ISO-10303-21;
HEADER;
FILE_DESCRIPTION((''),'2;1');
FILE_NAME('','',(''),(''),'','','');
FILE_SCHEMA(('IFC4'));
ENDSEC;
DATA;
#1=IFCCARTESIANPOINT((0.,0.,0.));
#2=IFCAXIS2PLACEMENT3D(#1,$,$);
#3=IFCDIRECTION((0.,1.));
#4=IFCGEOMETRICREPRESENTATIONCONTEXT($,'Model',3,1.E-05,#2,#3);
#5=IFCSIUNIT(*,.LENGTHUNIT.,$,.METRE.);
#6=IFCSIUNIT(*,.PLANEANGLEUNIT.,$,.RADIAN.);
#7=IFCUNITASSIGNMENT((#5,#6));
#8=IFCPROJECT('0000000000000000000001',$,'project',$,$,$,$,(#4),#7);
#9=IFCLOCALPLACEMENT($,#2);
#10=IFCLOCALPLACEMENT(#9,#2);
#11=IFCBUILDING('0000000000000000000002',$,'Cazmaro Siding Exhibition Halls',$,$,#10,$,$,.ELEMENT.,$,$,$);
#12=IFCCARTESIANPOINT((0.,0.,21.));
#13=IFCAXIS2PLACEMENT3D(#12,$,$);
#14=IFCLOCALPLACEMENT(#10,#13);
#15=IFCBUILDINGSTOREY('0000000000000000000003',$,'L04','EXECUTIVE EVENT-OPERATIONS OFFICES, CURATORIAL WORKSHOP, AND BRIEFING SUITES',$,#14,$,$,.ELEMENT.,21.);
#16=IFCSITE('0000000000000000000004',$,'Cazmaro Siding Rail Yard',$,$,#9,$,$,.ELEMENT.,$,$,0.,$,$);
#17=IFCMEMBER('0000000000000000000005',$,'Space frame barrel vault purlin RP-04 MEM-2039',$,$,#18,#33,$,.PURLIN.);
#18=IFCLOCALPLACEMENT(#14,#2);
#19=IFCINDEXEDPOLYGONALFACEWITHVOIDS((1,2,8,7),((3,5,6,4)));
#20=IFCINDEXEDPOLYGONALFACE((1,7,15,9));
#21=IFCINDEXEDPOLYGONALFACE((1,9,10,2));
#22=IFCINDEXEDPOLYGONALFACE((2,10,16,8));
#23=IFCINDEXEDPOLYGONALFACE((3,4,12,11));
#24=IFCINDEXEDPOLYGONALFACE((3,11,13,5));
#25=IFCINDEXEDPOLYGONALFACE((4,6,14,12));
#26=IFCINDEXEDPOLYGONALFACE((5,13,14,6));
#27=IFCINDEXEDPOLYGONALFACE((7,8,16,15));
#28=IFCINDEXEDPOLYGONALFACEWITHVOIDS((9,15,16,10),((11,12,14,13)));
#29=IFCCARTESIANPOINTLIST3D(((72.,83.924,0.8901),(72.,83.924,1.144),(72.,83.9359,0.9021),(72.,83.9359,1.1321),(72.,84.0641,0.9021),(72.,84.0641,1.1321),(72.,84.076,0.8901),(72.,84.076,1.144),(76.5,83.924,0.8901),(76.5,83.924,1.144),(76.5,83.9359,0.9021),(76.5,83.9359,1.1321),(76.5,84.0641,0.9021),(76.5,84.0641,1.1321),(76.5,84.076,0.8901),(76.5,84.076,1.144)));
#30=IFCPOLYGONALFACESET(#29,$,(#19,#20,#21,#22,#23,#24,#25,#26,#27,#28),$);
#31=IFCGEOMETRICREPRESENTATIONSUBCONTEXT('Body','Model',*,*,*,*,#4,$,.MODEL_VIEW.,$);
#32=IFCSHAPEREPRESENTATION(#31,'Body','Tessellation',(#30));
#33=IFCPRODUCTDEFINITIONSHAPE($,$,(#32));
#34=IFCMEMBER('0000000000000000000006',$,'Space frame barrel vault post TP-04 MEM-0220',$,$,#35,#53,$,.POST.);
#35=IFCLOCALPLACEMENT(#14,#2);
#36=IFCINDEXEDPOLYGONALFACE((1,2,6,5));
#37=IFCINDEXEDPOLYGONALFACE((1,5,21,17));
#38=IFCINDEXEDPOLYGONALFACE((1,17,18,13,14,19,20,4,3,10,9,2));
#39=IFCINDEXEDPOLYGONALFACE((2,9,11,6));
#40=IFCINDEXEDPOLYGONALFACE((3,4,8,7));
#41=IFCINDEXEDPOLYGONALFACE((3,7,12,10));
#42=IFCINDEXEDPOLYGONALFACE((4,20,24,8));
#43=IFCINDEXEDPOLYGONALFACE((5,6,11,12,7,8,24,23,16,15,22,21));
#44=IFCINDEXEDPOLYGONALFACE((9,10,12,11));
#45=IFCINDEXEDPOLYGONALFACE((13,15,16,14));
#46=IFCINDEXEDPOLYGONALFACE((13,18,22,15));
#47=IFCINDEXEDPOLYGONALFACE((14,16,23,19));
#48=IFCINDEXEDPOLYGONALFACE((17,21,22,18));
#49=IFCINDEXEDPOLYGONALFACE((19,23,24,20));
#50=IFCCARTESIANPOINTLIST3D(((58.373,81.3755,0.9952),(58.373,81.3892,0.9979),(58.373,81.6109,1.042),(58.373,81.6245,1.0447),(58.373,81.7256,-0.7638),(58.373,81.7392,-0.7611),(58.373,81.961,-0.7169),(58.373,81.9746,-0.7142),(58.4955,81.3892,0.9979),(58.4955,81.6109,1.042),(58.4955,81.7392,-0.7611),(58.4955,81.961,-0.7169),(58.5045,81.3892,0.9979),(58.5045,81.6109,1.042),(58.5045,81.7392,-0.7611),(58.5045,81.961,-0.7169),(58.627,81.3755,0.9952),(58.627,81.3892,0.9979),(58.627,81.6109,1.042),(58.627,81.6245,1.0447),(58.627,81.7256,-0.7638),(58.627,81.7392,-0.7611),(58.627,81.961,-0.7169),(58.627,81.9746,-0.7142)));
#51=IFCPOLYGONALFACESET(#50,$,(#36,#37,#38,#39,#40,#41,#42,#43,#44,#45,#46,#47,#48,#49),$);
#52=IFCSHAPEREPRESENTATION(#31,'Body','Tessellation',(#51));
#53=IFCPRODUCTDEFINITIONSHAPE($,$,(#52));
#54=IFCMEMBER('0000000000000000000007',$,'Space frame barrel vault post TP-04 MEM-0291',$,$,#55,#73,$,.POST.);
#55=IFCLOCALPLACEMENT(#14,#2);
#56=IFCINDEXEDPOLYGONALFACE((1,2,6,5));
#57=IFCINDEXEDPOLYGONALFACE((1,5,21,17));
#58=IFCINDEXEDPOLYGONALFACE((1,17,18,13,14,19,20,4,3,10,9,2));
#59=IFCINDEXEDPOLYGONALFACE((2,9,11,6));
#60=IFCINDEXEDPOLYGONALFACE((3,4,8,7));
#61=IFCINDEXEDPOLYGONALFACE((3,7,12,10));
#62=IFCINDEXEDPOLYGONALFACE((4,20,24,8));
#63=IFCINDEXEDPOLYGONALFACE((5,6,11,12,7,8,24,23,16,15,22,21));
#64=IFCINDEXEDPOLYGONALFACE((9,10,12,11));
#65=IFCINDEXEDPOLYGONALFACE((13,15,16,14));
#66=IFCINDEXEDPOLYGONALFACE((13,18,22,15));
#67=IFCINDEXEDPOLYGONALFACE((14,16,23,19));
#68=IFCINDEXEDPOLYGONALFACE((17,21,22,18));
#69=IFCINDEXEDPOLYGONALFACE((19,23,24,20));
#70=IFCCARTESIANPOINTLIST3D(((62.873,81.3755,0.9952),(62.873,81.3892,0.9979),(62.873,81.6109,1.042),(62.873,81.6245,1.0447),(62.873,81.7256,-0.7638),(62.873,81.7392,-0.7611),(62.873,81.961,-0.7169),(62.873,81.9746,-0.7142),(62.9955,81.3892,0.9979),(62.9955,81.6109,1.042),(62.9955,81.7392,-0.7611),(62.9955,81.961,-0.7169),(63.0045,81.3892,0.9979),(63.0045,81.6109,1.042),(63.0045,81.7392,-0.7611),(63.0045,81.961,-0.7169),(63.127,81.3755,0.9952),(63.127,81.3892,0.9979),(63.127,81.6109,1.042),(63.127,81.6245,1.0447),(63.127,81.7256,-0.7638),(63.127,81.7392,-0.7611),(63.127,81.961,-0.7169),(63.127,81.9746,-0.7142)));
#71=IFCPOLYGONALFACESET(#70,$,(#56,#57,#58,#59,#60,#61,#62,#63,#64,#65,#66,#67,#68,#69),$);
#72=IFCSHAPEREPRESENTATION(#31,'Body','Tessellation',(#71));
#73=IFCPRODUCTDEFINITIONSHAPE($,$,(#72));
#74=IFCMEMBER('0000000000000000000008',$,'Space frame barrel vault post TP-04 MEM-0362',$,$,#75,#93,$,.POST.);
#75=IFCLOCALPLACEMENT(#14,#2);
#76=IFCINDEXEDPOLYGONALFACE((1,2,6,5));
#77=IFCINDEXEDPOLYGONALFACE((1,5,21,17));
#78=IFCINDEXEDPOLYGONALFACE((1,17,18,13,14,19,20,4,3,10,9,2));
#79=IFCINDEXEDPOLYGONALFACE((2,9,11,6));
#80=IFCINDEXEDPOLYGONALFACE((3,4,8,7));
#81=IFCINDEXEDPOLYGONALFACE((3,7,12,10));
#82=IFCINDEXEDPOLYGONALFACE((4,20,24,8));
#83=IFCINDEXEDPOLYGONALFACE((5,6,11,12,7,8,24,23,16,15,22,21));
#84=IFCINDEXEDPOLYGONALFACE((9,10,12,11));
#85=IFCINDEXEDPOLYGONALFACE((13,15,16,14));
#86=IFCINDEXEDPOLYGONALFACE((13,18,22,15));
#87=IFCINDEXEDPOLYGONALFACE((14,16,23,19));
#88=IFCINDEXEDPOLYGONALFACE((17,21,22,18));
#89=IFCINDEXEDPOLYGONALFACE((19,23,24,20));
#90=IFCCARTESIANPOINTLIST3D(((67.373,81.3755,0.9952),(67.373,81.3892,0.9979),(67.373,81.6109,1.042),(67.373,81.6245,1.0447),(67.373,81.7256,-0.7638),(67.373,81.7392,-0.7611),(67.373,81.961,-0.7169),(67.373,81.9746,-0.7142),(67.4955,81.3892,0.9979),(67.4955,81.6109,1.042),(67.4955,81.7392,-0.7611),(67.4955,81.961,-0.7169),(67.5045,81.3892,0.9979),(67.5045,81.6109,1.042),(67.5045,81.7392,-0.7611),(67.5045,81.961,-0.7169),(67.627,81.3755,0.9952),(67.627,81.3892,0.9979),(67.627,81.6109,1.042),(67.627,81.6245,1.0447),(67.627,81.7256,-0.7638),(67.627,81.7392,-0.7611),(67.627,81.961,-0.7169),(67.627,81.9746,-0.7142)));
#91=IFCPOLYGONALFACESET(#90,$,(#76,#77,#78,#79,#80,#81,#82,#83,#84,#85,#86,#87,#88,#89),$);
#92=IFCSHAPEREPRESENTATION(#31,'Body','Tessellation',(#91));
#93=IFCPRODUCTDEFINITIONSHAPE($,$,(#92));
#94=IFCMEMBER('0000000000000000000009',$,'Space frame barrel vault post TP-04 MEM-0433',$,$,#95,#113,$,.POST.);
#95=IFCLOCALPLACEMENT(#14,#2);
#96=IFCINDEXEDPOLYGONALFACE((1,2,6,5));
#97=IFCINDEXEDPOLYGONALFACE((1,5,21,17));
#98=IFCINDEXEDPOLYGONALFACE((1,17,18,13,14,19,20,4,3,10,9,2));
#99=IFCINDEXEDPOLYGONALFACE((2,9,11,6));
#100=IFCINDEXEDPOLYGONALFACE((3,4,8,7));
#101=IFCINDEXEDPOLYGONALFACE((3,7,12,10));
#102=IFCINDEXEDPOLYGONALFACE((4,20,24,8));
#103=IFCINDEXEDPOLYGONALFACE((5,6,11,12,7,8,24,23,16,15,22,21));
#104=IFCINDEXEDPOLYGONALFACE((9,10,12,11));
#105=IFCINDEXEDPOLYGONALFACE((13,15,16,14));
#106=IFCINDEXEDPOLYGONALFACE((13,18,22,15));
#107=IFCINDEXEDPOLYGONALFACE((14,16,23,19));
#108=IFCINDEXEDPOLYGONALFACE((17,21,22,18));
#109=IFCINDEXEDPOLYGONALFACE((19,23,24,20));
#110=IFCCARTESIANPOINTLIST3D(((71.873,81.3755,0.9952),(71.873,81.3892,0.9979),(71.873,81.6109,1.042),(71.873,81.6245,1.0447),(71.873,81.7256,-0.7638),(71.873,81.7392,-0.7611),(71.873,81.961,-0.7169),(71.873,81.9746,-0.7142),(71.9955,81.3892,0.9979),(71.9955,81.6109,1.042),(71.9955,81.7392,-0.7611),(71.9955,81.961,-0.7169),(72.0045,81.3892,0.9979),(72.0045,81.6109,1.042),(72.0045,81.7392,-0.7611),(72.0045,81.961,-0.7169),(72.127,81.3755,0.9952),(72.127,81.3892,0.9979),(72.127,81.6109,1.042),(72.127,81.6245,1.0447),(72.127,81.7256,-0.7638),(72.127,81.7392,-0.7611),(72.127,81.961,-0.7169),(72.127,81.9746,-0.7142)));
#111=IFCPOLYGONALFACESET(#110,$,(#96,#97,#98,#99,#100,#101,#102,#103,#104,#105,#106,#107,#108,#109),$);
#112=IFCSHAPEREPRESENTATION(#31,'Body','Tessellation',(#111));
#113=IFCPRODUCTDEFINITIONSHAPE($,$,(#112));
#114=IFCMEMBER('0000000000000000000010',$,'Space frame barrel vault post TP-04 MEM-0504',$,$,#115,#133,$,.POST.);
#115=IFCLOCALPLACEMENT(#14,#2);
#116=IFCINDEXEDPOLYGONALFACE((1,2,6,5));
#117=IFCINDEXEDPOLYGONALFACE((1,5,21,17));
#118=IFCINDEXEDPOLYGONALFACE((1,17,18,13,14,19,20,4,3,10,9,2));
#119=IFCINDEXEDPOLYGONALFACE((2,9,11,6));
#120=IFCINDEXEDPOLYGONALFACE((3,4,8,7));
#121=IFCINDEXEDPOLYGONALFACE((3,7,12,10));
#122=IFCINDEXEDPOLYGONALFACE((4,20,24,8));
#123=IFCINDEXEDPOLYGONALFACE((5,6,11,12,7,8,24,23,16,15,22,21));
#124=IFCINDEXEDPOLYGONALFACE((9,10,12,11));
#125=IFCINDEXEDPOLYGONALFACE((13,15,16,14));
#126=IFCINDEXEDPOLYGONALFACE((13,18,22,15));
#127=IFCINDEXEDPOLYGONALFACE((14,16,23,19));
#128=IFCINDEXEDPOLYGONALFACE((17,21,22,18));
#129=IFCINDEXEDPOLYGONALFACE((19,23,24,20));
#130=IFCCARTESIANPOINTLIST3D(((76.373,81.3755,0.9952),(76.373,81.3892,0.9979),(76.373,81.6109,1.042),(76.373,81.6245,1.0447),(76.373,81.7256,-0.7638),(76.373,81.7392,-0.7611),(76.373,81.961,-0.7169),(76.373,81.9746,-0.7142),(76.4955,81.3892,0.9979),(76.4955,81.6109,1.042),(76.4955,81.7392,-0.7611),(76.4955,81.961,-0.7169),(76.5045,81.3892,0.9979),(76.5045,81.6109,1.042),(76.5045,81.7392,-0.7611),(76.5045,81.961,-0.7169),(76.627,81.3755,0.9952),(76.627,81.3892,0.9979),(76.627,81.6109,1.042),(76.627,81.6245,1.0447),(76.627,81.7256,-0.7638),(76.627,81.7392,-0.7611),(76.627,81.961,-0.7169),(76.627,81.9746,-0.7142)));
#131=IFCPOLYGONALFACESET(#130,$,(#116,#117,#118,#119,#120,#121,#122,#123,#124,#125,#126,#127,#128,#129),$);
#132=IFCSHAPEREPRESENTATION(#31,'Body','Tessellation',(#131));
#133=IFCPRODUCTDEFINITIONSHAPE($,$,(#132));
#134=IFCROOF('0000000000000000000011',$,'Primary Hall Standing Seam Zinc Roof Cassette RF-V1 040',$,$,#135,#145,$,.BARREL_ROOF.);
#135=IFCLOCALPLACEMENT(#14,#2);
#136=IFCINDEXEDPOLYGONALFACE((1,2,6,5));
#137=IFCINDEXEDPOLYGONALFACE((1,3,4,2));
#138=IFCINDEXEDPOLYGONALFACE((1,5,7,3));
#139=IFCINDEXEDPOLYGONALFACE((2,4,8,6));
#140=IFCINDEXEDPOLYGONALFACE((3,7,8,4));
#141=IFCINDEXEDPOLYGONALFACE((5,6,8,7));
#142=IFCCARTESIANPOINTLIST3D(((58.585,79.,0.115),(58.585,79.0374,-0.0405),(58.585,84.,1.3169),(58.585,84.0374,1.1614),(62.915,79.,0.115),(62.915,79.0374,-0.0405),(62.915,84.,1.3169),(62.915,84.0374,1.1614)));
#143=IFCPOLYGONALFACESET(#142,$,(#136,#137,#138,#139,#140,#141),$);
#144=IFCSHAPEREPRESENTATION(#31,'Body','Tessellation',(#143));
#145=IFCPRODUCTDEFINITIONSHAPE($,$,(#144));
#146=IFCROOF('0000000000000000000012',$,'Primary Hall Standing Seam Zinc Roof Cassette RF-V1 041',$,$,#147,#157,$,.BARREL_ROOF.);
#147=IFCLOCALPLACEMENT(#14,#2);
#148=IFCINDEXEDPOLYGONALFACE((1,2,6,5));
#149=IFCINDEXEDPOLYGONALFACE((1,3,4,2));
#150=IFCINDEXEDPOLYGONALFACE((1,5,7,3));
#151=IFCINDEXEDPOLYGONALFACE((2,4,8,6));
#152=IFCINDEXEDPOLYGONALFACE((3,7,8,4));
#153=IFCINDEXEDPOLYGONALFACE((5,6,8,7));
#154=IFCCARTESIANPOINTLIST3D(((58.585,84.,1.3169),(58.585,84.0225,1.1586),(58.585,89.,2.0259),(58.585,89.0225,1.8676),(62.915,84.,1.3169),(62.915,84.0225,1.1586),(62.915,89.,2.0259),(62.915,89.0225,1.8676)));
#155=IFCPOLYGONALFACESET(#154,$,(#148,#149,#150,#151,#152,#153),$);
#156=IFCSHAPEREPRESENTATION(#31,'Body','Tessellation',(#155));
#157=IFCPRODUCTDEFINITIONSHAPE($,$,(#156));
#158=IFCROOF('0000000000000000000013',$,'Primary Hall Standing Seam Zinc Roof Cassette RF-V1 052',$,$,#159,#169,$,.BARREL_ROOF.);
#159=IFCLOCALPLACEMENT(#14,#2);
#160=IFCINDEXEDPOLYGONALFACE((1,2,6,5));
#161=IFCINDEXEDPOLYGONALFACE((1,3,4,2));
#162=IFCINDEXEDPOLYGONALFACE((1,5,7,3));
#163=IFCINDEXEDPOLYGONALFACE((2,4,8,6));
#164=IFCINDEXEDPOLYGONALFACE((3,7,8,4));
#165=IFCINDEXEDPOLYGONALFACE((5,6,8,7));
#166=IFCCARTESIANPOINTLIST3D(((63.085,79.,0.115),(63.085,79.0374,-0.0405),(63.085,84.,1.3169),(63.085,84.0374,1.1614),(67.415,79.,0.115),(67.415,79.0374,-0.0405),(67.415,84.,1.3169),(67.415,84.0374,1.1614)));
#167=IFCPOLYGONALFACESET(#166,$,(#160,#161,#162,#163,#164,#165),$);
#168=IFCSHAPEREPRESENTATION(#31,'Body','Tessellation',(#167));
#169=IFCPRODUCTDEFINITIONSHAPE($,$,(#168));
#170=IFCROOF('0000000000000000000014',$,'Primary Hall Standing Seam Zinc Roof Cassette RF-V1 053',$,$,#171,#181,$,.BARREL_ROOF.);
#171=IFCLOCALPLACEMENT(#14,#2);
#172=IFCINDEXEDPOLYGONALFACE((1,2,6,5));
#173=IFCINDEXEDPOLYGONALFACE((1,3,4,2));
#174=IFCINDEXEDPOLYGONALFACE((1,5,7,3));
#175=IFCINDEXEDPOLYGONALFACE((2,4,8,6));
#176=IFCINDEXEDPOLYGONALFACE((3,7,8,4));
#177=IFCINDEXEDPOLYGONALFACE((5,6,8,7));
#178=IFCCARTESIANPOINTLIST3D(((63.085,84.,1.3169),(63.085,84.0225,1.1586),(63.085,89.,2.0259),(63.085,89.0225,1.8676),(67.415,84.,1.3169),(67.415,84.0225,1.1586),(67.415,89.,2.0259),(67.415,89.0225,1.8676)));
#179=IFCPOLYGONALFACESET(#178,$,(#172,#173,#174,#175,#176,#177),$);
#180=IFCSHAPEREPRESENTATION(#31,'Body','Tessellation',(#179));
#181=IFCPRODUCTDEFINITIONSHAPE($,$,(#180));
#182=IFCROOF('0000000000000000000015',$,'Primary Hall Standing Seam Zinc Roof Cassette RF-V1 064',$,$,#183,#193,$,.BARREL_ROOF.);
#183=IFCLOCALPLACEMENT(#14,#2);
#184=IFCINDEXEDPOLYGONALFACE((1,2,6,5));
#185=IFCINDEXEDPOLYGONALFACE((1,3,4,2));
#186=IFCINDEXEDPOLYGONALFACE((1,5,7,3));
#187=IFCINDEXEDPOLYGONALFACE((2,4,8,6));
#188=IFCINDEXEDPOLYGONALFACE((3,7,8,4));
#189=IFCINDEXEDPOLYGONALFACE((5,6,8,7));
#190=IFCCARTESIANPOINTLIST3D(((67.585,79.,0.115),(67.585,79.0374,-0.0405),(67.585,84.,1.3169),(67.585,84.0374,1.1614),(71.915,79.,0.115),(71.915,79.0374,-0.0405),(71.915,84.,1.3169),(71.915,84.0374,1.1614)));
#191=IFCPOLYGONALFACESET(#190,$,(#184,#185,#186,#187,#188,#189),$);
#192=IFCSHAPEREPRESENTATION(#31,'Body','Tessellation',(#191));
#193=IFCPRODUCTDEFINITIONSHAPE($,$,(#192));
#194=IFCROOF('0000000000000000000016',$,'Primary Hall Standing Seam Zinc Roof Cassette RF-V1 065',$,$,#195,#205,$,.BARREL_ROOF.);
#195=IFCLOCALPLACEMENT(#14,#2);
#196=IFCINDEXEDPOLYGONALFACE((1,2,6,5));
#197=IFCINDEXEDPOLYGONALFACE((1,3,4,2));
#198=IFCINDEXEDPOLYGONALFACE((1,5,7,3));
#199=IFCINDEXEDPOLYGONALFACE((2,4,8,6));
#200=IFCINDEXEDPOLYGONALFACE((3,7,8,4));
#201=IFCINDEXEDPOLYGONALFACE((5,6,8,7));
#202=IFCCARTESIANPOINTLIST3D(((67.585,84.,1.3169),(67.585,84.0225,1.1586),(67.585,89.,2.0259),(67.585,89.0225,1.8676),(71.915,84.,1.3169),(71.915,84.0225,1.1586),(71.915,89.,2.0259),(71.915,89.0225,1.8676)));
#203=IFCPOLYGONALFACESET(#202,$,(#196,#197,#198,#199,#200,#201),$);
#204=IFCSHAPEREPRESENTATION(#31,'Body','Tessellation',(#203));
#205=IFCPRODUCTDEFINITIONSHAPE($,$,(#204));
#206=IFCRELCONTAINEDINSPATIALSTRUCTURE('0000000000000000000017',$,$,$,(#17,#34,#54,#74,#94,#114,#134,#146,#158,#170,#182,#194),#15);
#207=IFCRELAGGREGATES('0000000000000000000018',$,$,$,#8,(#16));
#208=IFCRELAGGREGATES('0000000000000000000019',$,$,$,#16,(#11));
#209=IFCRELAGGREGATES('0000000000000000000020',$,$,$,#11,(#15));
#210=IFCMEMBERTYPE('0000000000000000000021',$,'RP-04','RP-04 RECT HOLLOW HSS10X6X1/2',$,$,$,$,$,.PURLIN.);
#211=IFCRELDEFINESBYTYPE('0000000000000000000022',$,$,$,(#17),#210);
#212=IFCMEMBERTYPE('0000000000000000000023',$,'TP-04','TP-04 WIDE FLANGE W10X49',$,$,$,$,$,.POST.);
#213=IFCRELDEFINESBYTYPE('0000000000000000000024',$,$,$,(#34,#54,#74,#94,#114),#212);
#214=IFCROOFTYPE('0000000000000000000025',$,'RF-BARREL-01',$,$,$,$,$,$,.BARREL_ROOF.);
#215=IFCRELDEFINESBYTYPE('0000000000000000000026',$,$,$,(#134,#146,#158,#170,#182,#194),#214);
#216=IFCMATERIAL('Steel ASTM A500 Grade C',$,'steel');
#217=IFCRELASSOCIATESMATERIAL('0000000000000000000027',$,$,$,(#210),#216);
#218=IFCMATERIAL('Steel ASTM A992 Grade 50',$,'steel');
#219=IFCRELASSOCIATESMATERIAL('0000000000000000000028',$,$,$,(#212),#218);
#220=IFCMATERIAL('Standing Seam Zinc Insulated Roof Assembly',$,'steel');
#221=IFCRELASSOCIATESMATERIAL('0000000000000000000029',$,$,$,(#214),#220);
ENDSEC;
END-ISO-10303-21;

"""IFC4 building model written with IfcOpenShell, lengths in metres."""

from ifc_helpers import new_model, si_unit, direction, frame, origin, origin_2d, place, context, subcontext, project, spatial, polyline, hollow_rectangle, i_section, outline, extrude, material, material_profile, profile_set, type_object, element, save


model = new_model("IFC4")

# Units and contexts
model_context = context("Model", 3, precision=1e-05, world=origin(), true_north=direction((0.0, 1.0)))
body_context = subcontext(model_context, "Body", "Model", "MODEL_VIEW")
ifc_project = project(units=[si_unit("LENGTHUNIT", "METRE"), si_unit("PLANEANGLEUNIT", "RADIAN")], contexts=[model_context])

# Site, building, storey
site_placement = place(None, origin())
site = spatial("IfcSite", under=ifc_project, at=site_placement, Name="Cazmaro Siding Rail Yard", CompositionType="ELEMENT", RefElevation=0.0)
building_placement = place(site_placement, origin())
building = spatial("IfcBuilding", under=site, at=building_placement, Name="Cazmaro Siding Exhibition Halls", CompositionType="ELEMENT")
storey_placement = place(building_placement, frame((0.0, 0.0, 21.0)))
storey = spatial("IfcBuildingStorey", under=building, at=storey_placement, Name="L04", Description="EXECUTIVE EVENT-OPERATIONS OFFICES, CURATORIAL WORKSHOP, AND BRIEFING SUITES", CompositionType="ELEMENT", Elevation=21.0)

# Members
ifc_material_1 = material(Name="Steel ASTM A500 Grade C", Category="steel")
ifc_material_profile_1 = material_profile(ifc_material_1, hollow_rectangle(XDim=0.1521, YDim=0.2539, WallThickness=0.012, at=origin_2d()), Name="HSS10X6X1/2")
ifc_profile_set_1 = profile_set([ifc_material_profile_1], Name="Steel ASTM A500 Grade C")
member_type_1 = type_object("IfcMemberType", Name="RP-04", Description="RP-04 RECT HOLLOW HSS10X6X1/2", PredefinedType="PURLIN", material=ifc_profile_set_1)
for number, where, z_axis, x_axis, name in (
    (1, (72.0, 84.0, 1.0171), (1.0, 0.0, 0.0), (0.0, 1.0, 0.0), "Space frame barrel vault purlin RP-04 MEM-2039"),
):
    element("IfcMember", number, at=place(storey_placement, frame(where, z_axis=z_axis, x_axis=x_axis)), inside=storey, type_object=member_type_1, Name=name, PredefinedType="PURLIN", context=body_context, shape_type="SweptSolid", body=[
        extrude(hollow_rectangle(XDim=0.1521, YDim=0.2539, WallThickness=0.012, at=origin_2d()), origin(), (0.0, 0.0, 1.0), 4.5),
    ])
ifc_material_2 = material(Name="Steel ASTM A992 Grade 50", Category="steel")
ifc_material_profile_2 = material_profile(ifc_material_2, i_section(OverallWidth=0.2539, OverallDepth=0.2539, WebThickness=0.009, FlangeThickness=0.0139, at=origin_2d()), Name="W10X49")
ifc_profile_set_2 = profile_set([ifc_material_profile_2], Name="Steel ASTM A992 Grade 50")
member_type_2 = type_object("IfcMemberType", Name="TP-04", Description="TP-04 WIDE FLANGE W10X49", PredefinedType="POST", material=ifc_profile_set_2)
for number, where, z_axis, x_axis, name in (
    (2, (58.5, 81.8501, -0.739), (0.0, -0.1952, 0.980763), (1.0, 0.0, 0.0), "Space frame barrel vault post TP-04 MEM-0220"),
    (3, (63.0, 81.8501, -0.739), (0.0, -0.1952, 0.980763), (1.0, 0.0, 0.0), "Space frame barrel vault post TP-04 MEM-0291"),
    (4, (67.5, 81.8501, -0.739), (0.0, -0.1952, 0.980763), (1.0, 0.0, 0.0), "Space frame barrel vault post TP-04 MEM-0362"),
    (5, (72.0, 81.8501, -0.739), (0.0, -0.1952, 0.980763), (1.0, 0.0, 0.0), "Space frame barrel vault post TP-04 MEM-0433"),
    (6, (76.5, 81.8501, -0.739), (0.0, -0.1952, 0.980763), (1.0, 0.0, 0.0), "Space frame barrel vault post TP-04 MEM-0504"),
):
    element("IfcMember", number, at=place(storey_placement, frame(where, z_axis=z_axis, x_axis=x_axis)), inside=storey, type_object=member_type_2, Name=name, PredefinedType="POST", context=body_context, shape_type="SweptSolid", body=[
        extrude(i_section(OverallWidth=0.2539, OverallDepth=0.2539, WebThickness=0.009, FlangeThickness=0.0139, at=origin_2d()), origin(), (0.0, 0.0, 1.0), 1.7935),
    ])

# Roofs
ifc_material_3 = material(Name="Standing Seam Zinc Insulated Roof Assembly", Category="steel")
roof_type = type_object("IfcRoofType", Name="RF-BARREL-01", PredefinedType="BARREL_ROOF", material=ifc_material_3)
roof_1_placement = place(storey_placement, frame((58.585, 79.0, 0.115), z_axis=(0.0, -0.233723, 0.972303), x_axis=(1.0, 0.0, 0.0)))
element("IfcRoof", 7, at=roof_1_placement, inside=storey, type_object=roof_type, Name="Primary Hall Standing Seam Zinc Roof Cassette RF-V1 040", PredefinedType="BARREL_ROOF", context=body_context, shape_type="SweptSolid", body=[
    extrude(outline(polyline([(0.0, 0.0), (4.3301, 0.0), (4.3301, 5.1424), (0.0, 5.1424), (0.0, 0.0)])), origin(), (0.0, 0.0, -1.0), 0.1599),
])
roof_2_placement = place(storey_placement, frame((58.585, 84.0, 1.3169), z_axis=(0.0, -0.140393, 0.990096), x_axis=(1.0, 0.0, 0.0)))
element("IfcRoof", 8, at=roof_2_placement, inside=storey, type_object=roof_type, Name="Primary Hall Standing Seam Zinc Roof Cassette RF-V1 041", PredefinedType="BARREL_ROOF", context=body_context, shape_type="SweptSolid", body=[
    extrude(outline(polyline([(0.0, 0.0), (4.3301, 0.0), (4.3301, 5.05), (0.0, 5.05), (0.0, 0.0)])), origin(), (0.0, 0.0, -1.0), 0.1599),
])
roof_3_placement = place(storey_placement, frame((63.085, 79.0, 0.115), z_axis=(0.0, -0.233723, 0.972303), x_axis=(1.0, 0.0, 0.0)))
element("IfcRoof", 9, at=roof_3_placement, inside=storey, type_object=roof_type, Name="Primary Hall Standing Seam Zinc Roof Cassette RF-V1 052", PredefinedType="BARREL_ROOF", context=body_context, shape_type="SweptSolid", body=[
    extrude(outline(polyline([(0.0, 0.0), (4.3301, 0.0), (4.3301, 5.1424), (0.0, 5.1424), (0.0, 0.0)])), origin(), (0.0, 0.0, -1.0), 0.1599),
])
roof_4_placement = place(storey_placement, frame((63.085, 84.0, 1.3169), z_axis=(0.0, -0.140393, 0.990096), x_axis=(1.0, 0.0, 0.0)))
element("IfcRoof", 10, at=roof_4_placement, inside=storey, type_object=roof_type, Name="Primary Hall Standing Seam Zinc Roof Cassette RF-V1 053", PredefinedType="BARREL_ROOF", context=body_context, shape_type="SweptSolid", body=[
    extrude(outline(polyline([(0.0, 0.0), (4.3301, 0.0), (4.3301, 5.05), (0.0, 5.05), (0.0, 0.0)])), origin(), (0.0, 0.0, -1.0), 0.1599),
])
roof_5_placement = place(storey_placement, frame((67.585, 79.0, 0.115), z_axis=(0.0, -0.233723, 0.972303), x_axis=(1.0, 0.0, 0.0)))
element("IfcRoof", 11, at=roof_5_placement, inside=storey, type_object=roof_type, Name="Primary Hall Standing Seam Zinc Roof Cassette RF-V1 064", PredefinedType="BARREL_ROOF", context=body_context, shape_type="SweptSolid", body=[
    extrude(outline(polyline([(0.0, 0.0), (4.3301, 0.0), (4.3301, 5.1424), (0.0, 5.1424), (0.0, 0.0)])), origin(), (0.0, 0.0, -1.0), 0.1599),
])
roof_6_placement = place(storey_placement, frame((67.585, 84.0, 1.3169), z_axis=(0.0, -0.140393, 0.990096), x_axis=(1.0, 0.0, 0.0)))
element("IfcRoof", 12, at=roof_6_placement, inside=storey, type_object=roof_type, Name="Primary Hall Standing Seam Zinc Roof Cassette RF-V1 065", PredefinedType="BARREL_ROOF", context=body_context, shape_type="SweptSolid", body=[
    extrude(outline(polyline([(0.0, 0.0), (4.3301, 0.0), (4.3301, 5.05), (0.0, 5.05), (0.0, 0.0)])), origin(), (0.0, 0.0, -1.0), 0.1599),
])

save(model, "model.ifc")
